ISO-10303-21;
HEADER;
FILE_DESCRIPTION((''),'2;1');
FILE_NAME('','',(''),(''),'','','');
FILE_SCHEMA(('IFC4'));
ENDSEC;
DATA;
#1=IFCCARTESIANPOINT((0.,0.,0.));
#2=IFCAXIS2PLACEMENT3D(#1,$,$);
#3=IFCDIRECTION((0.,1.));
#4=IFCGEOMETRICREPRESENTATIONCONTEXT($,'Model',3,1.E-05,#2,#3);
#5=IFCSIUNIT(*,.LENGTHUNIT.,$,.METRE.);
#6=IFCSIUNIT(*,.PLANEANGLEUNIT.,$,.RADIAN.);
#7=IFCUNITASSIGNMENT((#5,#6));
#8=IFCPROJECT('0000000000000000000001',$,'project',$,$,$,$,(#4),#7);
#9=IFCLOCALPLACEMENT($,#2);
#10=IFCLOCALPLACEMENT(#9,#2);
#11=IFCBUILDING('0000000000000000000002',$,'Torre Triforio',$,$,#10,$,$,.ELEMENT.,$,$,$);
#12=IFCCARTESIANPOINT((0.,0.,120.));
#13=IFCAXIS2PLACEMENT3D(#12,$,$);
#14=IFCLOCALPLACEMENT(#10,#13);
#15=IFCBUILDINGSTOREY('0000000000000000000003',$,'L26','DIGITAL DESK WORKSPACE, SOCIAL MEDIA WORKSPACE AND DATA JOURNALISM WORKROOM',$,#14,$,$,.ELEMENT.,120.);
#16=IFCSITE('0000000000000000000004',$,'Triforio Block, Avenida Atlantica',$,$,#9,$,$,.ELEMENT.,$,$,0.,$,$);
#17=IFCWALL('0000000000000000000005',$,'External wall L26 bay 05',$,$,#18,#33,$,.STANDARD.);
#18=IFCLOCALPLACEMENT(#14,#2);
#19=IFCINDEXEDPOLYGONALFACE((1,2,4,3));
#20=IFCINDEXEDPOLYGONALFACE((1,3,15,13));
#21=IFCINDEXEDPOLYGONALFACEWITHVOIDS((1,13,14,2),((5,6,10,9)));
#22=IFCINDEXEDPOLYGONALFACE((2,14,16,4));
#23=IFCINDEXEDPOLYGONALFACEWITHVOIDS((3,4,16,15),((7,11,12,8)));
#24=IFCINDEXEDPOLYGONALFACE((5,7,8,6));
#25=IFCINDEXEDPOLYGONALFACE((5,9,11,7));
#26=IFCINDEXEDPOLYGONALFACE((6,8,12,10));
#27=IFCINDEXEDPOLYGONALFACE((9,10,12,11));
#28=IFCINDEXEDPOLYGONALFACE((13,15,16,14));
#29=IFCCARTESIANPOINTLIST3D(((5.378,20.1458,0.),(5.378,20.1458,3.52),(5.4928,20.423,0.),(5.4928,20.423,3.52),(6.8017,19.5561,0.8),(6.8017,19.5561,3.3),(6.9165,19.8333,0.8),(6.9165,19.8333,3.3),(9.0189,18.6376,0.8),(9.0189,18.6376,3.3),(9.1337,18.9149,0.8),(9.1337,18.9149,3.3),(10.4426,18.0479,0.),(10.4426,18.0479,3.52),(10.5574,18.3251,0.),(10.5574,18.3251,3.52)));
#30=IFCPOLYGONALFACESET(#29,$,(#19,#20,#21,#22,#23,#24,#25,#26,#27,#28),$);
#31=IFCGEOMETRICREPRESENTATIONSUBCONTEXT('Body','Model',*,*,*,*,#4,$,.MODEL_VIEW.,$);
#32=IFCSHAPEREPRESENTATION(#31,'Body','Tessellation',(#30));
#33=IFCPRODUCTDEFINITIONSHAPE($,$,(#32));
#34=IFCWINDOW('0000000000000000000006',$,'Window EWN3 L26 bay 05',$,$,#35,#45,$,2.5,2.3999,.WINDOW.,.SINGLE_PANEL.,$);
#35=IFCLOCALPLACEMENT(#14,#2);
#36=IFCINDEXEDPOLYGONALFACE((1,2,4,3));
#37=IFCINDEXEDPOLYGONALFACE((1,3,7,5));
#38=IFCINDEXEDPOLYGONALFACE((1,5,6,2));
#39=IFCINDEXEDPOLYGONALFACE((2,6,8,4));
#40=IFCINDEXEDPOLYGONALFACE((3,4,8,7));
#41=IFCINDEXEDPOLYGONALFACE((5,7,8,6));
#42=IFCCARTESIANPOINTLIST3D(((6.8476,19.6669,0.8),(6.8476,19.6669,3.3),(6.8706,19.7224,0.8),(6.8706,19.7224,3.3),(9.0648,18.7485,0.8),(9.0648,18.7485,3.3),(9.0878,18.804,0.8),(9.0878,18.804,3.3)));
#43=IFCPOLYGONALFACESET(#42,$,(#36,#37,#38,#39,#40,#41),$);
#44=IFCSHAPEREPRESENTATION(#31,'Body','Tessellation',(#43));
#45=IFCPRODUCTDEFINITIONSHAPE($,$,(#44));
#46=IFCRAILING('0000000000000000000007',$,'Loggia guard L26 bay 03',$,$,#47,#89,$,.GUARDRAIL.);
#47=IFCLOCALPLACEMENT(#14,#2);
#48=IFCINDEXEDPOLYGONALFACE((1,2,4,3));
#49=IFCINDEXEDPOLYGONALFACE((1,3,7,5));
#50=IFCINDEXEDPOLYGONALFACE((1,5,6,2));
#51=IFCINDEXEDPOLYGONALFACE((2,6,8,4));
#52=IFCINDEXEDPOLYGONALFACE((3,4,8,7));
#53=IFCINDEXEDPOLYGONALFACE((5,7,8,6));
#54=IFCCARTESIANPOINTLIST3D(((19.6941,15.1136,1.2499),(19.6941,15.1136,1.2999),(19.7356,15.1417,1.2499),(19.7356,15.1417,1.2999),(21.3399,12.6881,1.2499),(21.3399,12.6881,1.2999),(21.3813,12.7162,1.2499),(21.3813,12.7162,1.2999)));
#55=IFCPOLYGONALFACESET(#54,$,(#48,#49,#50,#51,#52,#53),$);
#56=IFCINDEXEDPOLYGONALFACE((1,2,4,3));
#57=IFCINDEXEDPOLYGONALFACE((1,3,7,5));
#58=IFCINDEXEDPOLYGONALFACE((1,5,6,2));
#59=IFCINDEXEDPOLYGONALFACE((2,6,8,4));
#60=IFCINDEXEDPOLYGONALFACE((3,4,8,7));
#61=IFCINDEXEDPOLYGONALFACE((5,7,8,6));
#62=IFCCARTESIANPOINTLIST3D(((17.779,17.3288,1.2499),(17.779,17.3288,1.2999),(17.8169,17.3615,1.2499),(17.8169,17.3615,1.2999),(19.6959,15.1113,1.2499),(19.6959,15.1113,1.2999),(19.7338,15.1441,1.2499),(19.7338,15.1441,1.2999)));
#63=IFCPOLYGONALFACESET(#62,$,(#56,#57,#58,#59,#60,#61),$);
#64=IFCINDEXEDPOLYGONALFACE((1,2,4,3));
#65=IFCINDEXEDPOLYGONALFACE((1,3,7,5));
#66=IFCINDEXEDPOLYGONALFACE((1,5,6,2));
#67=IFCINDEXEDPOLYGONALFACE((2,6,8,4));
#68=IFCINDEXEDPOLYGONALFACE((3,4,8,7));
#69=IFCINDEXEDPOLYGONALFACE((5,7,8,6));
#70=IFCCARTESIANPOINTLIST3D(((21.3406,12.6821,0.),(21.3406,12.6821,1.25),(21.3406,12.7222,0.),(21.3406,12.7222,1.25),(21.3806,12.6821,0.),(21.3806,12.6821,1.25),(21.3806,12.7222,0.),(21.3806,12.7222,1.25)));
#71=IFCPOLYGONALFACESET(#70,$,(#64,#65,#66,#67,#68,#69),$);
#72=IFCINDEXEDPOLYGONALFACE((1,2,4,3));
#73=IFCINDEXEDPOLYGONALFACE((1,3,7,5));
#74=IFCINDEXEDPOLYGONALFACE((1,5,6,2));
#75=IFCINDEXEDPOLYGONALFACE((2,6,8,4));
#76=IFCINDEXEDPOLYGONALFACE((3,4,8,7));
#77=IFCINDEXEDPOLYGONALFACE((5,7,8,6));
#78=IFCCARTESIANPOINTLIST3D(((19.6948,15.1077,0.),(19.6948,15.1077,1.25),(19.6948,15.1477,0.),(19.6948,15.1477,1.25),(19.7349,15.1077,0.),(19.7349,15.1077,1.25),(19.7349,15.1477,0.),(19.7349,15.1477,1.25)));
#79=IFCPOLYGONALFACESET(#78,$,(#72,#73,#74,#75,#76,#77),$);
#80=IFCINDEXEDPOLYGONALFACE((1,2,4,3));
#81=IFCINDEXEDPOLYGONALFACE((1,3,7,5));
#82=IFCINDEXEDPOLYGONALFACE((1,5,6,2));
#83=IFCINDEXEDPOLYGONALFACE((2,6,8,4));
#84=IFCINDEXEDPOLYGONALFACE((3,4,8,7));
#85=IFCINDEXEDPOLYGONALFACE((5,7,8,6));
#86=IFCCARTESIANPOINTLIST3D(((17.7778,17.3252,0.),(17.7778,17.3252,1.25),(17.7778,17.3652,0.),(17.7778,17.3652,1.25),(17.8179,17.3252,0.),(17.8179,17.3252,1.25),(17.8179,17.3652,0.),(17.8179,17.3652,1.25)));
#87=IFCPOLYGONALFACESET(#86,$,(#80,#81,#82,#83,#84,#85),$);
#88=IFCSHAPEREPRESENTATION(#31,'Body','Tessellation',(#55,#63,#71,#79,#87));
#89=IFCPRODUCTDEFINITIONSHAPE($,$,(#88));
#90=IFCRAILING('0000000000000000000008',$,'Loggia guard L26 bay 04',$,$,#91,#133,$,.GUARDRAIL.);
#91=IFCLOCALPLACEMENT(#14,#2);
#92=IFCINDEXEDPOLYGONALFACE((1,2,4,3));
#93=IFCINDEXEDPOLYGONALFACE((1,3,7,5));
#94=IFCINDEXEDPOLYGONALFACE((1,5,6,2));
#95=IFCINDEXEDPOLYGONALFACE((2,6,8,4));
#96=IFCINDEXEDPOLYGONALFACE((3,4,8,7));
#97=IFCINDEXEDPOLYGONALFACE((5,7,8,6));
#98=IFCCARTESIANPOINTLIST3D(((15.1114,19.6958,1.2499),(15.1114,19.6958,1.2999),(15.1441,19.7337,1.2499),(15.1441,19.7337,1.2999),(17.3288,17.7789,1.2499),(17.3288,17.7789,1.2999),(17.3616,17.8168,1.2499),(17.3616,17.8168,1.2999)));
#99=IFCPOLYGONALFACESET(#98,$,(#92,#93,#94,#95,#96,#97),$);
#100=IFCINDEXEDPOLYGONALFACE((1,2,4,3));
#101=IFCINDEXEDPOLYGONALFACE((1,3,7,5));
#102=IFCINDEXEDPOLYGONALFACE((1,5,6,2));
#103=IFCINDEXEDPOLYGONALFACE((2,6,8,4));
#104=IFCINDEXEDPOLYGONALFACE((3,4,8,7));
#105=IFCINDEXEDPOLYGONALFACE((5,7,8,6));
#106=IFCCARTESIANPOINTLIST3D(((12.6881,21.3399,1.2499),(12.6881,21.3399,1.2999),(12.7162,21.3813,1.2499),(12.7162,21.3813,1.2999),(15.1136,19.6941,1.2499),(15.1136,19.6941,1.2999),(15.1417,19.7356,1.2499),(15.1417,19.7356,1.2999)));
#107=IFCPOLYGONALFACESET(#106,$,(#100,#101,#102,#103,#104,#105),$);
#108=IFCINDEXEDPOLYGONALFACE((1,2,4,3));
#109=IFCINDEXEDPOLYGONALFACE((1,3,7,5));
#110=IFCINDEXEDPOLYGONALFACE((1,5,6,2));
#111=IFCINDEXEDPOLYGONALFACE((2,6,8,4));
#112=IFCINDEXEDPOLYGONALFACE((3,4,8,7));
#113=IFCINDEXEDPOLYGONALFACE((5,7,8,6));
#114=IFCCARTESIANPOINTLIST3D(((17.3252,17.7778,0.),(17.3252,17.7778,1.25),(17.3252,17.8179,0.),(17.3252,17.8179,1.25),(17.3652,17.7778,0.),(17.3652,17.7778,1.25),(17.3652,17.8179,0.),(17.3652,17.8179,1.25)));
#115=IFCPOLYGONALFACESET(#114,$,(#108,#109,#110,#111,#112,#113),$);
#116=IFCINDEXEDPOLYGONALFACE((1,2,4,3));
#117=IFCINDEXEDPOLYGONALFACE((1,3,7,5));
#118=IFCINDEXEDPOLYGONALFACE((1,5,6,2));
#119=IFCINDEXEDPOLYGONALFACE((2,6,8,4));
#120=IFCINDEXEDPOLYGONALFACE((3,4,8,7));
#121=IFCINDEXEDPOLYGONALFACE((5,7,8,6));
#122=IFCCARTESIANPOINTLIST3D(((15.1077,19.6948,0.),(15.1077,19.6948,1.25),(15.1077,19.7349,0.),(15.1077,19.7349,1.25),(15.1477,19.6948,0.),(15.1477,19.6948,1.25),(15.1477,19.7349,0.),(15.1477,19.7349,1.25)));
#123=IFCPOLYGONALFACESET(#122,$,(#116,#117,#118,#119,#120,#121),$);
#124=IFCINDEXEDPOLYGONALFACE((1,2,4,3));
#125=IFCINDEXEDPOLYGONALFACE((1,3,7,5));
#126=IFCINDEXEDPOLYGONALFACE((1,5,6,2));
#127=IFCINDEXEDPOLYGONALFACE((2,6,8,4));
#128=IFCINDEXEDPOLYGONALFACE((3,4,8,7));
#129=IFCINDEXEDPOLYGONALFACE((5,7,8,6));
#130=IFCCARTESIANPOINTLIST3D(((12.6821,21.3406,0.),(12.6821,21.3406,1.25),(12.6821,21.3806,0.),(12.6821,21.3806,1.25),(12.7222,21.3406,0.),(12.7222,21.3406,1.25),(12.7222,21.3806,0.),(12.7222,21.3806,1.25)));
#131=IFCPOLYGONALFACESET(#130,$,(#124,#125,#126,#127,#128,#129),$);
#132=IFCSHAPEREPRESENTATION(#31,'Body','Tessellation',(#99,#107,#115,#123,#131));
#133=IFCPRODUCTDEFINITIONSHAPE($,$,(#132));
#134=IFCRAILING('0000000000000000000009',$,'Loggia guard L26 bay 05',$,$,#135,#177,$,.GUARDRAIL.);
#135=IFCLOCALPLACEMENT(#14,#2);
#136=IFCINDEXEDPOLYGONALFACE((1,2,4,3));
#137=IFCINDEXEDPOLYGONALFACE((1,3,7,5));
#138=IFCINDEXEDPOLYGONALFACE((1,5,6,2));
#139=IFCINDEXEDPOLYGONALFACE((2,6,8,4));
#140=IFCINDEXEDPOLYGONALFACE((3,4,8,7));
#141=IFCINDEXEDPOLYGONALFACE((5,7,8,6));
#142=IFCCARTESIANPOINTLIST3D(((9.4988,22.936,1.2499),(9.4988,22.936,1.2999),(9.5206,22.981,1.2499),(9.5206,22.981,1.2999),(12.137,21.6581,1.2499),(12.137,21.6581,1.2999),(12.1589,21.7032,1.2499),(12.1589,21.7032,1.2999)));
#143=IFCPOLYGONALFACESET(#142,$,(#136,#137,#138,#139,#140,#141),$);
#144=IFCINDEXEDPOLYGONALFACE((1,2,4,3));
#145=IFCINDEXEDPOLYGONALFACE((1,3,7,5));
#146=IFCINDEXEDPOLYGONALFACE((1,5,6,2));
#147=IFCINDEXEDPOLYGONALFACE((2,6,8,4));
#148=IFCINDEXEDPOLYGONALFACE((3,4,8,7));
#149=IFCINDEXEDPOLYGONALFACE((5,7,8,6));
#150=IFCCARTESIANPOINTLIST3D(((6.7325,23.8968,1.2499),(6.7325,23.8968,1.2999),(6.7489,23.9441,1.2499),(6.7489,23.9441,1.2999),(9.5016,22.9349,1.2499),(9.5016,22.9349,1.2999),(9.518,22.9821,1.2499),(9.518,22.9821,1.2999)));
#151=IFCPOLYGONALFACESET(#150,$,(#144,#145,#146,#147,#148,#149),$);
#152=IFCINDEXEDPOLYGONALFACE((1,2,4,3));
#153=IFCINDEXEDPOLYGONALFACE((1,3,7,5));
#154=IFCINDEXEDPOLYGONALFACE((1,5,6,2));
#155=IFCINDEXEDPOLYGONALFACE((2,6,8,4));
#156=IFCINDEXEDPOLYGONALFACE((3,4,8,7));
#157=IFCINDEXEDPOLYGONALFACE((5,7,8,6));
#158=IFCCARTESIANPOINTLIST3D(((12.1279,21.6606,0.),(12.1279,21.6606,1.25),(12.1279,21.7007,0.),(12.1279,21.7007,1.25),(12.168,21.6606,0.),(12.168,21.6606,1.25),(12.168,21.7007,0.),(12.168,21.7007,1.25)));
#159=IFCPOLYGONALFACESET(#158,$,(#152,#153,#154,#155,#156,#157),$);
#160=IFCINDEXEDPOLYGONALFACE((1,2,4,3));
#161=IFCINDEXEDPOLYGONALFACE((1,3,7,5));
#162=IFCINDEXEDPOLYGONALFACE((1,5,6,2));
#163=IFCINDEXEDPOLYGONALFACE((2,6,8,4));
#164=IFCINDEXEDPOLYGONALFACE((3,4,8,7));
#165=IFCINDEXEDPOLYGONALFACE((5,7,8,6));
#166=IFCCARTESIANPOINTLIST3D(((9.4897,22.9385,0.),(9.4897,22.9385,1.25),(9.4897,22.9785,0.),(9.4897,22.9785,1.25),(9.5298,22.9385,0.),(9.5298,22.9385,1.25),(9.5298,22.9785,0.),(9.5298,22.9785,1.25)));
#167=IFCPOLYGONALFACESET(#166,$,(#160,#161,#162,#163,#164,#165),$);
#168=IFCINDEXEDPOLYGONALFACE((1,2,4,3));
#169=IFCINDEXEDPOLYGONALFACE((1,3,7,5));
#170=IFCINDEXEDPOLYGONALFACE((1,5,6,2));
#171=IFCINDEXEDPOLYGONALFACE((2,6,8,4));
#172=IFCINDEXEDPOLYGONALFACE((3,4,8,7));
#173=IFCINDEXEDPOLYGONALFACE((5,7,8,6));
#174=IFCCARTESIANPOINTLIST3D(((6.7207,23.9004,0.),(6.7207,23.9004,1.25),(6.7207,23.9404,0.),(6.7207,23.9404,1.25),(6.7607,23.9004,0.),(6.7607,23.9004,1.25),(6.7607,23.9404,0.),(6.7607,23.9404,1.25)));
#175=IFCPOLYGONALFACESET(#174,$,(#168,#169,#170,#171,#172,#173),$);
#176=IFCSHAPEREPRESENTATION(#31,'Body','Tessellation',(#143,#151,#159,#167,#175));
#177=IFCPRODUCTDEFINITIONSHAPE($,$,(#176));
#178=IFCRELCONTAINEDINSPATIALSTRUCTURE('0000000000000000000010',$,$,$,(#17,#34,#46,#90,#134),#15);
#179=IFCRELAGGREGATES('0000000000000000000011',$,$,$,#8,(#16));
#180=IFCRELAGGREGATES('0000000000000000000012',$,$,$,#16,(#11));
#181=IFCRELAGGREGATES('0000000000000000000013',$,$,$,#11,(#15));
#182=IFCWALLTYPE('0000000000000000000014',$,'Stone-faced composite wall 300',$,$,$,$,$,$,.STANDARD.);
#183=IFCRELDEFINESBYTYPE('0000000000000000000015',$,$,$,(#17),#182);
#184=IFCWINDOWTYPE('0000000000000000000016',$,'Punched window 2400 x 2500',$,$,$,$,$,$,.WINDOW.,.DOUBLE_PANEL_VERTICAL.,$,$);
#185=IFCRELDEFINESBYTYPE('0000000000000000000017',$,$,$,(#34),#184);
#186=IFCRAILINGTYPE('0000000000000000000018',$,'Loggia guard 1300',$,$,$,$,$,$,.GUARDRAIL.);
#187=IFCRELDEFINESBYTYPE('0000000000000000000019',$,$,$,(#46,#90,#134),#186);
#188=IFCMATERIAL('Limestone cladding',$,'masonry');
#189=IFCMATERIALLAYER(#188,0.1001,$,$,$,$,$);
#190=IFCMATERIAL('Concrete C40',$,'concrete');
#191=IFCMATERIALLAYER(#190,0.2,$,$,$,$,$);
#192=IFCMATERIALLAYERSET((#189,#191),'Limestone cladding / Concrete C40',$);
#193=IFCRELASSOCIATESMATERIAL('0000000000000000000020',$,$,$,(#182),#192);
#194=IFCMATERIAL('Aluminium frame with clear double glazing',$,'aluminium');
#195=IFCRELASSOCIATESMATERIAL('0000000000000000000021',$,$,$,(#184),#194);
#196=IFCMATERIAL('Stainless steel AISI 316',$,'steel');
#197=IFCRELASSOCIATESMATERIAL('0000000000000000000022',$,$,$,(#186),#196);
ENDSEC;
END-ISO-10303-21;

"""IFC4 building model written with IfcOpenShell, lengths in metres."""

from ifc_helpers import new_model, si_unit, direction, frame, frame_2d, origin, origin_2d, place, context, subcontext, project, spatial, rectangle, extrude, material, layer, layer_set, type_object, element, fill, save


model = new_model("IFC4")

# Units and contexts
model_context = context("Model", 3, precision=1e-05, world=origin(), true_north=direction((0.0, 1.0)))
body_context = subcontext(model_context, "Body", "Model", "MODEL_VIEW")
ifc_project = project(units=[si_unit("LENGTHUNIT", "METRE"), si_unit("PLANEANGLEUNIT", "RADIAN")], contexts=[model_context])

# Site, building, storey
site_placement = place(None, origin())
site = spatial("IfcSite", under=ifc_project, at=site_placement, Name="Triforio Block, Avenida Atlantica", CompositionType="ELEMENT", RefElevation=0.0)
building_placement = place(site_placement, origin())
building = spatial("IfcBuilding", under=site, at=building_placement, Name="Torre Triforio", CompositionType="ELEMENT")
storey_placement = place(building_placement, frame((0.0, 0.0, 120.0)))
storey = spatial("IfcBuildingStorey", under=building, at=storey_placement, Name="L26", Description="DIGITAL DESK WORKSPACE, SOCIAL MEDIA WORKSPACE AND DATA JOURNALISM WORKROOM", CompositionType="ELEMENT", Elevation=120.0)

# Shared definitions
ifc_material_1 = material(Name="Limestone cladding", Category="masonry")
ifc_material_2 = material(Name="Concrete C40", Category="concrete")

# Shared definitions
ifc_layer_1 = layer(ifc_material_1, 0.1001)
ifc_layer_2 = layer(ifc_material_2, 0.2)
ifc_layer_set_1 = layer_set([ifc_layer_1, ifc_layer_2], Name="Limestone cladding / Concrete C40")
wall_type_1 = type_object("IfcWallType", Name="Stone-faced composite wall 300", PredefinedType="STANDARD", material=ifc_layer_set_1)
ifc_material_3 = material(Name="Aluminium frame with clear double glazing", Category="aluminium")

# Wall, opening, window
wall_1_placement = place(storey_placement, frame((10.5, 18.1865, 0.0), z_axis=(0.0, 0.0, 1.0), x_axis=(-0.923877, 0.382689, 0.0)))
wall_1 = element("IfcWall", 1, at=wall_1_placement, inside=storey, type_object=wall_type_1, Name="External wall L26 bay 05", PredefinedType="STANDARD", context=body_context, shape_type="SweptSolid", body=[
    extrude(rectangle(XDim=5.4819, YDim=0.3, at=frame_2d((2.741, 0.0))), origin(), (0.0, 0.0, 1.0), 3.52),
])
opening_1_placement = place(wall_1_placement, frame((1.541, 0.0, 0.8)))
opening_1 = element("IfcOpeningElement", 2, at=opening_1_placement, cuts=wall_1, PredefinedType="OPENING", context=body_context, shape_type="SweptSolid", body=[
    extrude(rectangle(XDim=2.3999, YDim=2.5, at=frame_2d((1.2, 1.25))), frame((0.0, 0.1599, 0.0), z_axis=(0.0, -1.0, 0.0), x_axis=(1.0, 0.0, 0.0)), (0.0, 0.0, 1.0), 0.3201),
])
window_type_1 = type_object("IfcWindowType", Name="Punched window 2400 x 2500", PartitioningType="DOUBLE_PANEL_VERTICAL", PredefinedType="WINDOW", material=ifc_material_3)
window_1_placement = place(opening_1_placement, origin())
window_1 = element("IfcWindow", 3, at=window_1_placement, inside=storey, type_object=window_type_1, Name="Window EWN3 L26 bay 05", OverallHeight=2.5, OverallWidth=2.3999, PartitioningType="SINGLE_PANEL", PredefinedType="WINDOW", context=body_context, shape_type="SweptSolid", body=[
    extrude(rectangle(XDim=2.3999, YDim=2.5, at=frame_2d((1.2, 1.25))), frame((0.0, 0.03, 0.0), z_axis=(0.0, -1.0, 0.0), x_axis=(1.0, 0.0, 0.0)), (0.0, 0.0, 1.0), 0.0601),
])
fill(opening_1, window_1)

# Railings
ifc_material_4 = material(Name="Stainless steel AISI 316", Category="steel")
railing_type = type_object("IfcRailingType", Name="Loggia guard 1300", PredefinedType="GUARDRAIL", material=ifc_material_4)
railing_1_placement = place(storey_placement, frame((21.3606, 12.7021, 0.0)))
element("IfcRailing", 4, at=railing_1_placement, inside=storey, type_object=railing_type, Name="Loggia guard L26 bay 03", PredefinedType="GUARDRAIL", context=body_context, shape_type="SweptSolid", body=[
    extrude(rectangle(XDim=0.05, YDim=0.05, at=origin_2d()), frame((0.0, 0.0, 1.2749), z_axis=(-0.561467, 0.827499, 0.0), x_axis=(-0.827499, -0.561467, 0.0)), (0.0, 0.0, 1.0), 2.9312),
    extrude(rectangle(XDim=0.05, YDim=0.05, at=origin_2d()), frame((-1.6458, 2.4255, 1.2749), z_axis=(-0.653982, 0.75651, 0.0), x_axis=(-0.75651, -0.653982, 0.0)), (0.0, 0.0, 1.0), 2.9312),
    extrude(rectangle(XDim=0.04, YDim=0.04, at=origin_2d()), origin(), (0.0, 0.0, 1.0), 1.25),
    extrude(rectangle(XDim=0.04, YDim=0.04, at=origin_2d()), frame((-1.6458, 2.4255, 0.0)), (0.0, 0.0, 1.0), 1.25),
    extrude(rectangle(XDim=0.04, YDim=0.04, at=origin_2d()), frame((-3.5627, 4.6431, 0.0)), (0.0, 0.0, 1.0), 1.25),
])
railing_2_placement = place(storey_placement, frame((17.3452, 17.7979, 0.0)))
element("IfcRailing", 5, at=railing_2_placement, inside=storey, type_object=railing_type, Name="Loggia guard L26 bay 04", PredefinedType="GUARDRAIL", context=body_context, shape_type="SweptSolid", body=[
    extrude(rectangle(XDim=0.05, YDim=0.05, at=origin_2d()), frame((0.0, 0.0, 1.2749), z_axis=(-0.75651, 0.653982, 0.0), x_axis=(-0.653982, -0.75651, 0.0)), (0.0, 0.0, 1.0), 2.9312),
    extrude(rectangle(XDim=0.05, YDim=0.05, at=origin_2d()), frame((-2.2175, 1.917, 1.2749), z_axis=(-0.827499, 0.561467, 0.0), x_axis=(-0.561467, -0.827499, 0.0)), (0.0, 0.0, 1.0), 2.9312),
    extrude(rectangle(XDim=0.04, YDim=0.04, at=origin_2d()), origin(), (0.0, 0.0, 1.0), 1.25),
    extrude(rectangle(XDim=0.04, YDim=0.04, at=origin_2d()), frame((-2.2175, 1.917, 0.0)), (0.0, 0.0, 1.0), 1.25),
    extrude(rectangle(XDim=0.04, YDim=0.04, at=origin_2d()), frame((-4.6431, 3.5627, 0.0)), (0.0, 0.0, 1.0), 1.25),
])
railing_3_placement = place(storey_placement, frame((12.1479, 21.6807, 0.0)))
element("IfcRailing", 6, at=railing_3_placement, inside=storey, type_object=railing_type, Name="Loggia guard L26 bay 05", PredefinedType="GUARDRAIL", context=body_context, shape_type="SweptSolid", body=[
    extrude(rectangle(XDim=0.05, YDim=0.05, at=origin_2d()), frame((0.0, 0.0, 1.2749), z_axis=(-0.899986, 0.435918, 0.0), x_axis=(-0.435918, -0.899986, 0.0)), (0.0, 0.0, 1.0), 2.9314),
    extrude(rectangle(XDim=0.05, YDim=0.05, at=origin_2d()), frame((-2.6382, 1.2778, 1.2749), z_axis=(-0.944627, 0.328146, 0.0), x_axis=(-0.328146, -0.944627, 0.0)), (0.0, 0.0, 1.0), 2.9314),
    extrude(rectangle(XDim=0.04, YDim=0.04, at=origin_2d()), origin(), (0.0, 0.0, 1.0), 1.25),
    extrude(rectangle(XDim=0.04, YDim=0.04, at=origin_2d()), frame((-2.6382, 1.2778, 0.0)), (0.0, 0.0, 1.0), 1.25),
    extrude(rectangle(XDim=0.04, YDim=0.04, at=origin_2d()), frame((-5.4072, 2.2397, 0.0)), (0.0, 0.0, 1.0), 1.25),
])

save(model, "model.ifc")
